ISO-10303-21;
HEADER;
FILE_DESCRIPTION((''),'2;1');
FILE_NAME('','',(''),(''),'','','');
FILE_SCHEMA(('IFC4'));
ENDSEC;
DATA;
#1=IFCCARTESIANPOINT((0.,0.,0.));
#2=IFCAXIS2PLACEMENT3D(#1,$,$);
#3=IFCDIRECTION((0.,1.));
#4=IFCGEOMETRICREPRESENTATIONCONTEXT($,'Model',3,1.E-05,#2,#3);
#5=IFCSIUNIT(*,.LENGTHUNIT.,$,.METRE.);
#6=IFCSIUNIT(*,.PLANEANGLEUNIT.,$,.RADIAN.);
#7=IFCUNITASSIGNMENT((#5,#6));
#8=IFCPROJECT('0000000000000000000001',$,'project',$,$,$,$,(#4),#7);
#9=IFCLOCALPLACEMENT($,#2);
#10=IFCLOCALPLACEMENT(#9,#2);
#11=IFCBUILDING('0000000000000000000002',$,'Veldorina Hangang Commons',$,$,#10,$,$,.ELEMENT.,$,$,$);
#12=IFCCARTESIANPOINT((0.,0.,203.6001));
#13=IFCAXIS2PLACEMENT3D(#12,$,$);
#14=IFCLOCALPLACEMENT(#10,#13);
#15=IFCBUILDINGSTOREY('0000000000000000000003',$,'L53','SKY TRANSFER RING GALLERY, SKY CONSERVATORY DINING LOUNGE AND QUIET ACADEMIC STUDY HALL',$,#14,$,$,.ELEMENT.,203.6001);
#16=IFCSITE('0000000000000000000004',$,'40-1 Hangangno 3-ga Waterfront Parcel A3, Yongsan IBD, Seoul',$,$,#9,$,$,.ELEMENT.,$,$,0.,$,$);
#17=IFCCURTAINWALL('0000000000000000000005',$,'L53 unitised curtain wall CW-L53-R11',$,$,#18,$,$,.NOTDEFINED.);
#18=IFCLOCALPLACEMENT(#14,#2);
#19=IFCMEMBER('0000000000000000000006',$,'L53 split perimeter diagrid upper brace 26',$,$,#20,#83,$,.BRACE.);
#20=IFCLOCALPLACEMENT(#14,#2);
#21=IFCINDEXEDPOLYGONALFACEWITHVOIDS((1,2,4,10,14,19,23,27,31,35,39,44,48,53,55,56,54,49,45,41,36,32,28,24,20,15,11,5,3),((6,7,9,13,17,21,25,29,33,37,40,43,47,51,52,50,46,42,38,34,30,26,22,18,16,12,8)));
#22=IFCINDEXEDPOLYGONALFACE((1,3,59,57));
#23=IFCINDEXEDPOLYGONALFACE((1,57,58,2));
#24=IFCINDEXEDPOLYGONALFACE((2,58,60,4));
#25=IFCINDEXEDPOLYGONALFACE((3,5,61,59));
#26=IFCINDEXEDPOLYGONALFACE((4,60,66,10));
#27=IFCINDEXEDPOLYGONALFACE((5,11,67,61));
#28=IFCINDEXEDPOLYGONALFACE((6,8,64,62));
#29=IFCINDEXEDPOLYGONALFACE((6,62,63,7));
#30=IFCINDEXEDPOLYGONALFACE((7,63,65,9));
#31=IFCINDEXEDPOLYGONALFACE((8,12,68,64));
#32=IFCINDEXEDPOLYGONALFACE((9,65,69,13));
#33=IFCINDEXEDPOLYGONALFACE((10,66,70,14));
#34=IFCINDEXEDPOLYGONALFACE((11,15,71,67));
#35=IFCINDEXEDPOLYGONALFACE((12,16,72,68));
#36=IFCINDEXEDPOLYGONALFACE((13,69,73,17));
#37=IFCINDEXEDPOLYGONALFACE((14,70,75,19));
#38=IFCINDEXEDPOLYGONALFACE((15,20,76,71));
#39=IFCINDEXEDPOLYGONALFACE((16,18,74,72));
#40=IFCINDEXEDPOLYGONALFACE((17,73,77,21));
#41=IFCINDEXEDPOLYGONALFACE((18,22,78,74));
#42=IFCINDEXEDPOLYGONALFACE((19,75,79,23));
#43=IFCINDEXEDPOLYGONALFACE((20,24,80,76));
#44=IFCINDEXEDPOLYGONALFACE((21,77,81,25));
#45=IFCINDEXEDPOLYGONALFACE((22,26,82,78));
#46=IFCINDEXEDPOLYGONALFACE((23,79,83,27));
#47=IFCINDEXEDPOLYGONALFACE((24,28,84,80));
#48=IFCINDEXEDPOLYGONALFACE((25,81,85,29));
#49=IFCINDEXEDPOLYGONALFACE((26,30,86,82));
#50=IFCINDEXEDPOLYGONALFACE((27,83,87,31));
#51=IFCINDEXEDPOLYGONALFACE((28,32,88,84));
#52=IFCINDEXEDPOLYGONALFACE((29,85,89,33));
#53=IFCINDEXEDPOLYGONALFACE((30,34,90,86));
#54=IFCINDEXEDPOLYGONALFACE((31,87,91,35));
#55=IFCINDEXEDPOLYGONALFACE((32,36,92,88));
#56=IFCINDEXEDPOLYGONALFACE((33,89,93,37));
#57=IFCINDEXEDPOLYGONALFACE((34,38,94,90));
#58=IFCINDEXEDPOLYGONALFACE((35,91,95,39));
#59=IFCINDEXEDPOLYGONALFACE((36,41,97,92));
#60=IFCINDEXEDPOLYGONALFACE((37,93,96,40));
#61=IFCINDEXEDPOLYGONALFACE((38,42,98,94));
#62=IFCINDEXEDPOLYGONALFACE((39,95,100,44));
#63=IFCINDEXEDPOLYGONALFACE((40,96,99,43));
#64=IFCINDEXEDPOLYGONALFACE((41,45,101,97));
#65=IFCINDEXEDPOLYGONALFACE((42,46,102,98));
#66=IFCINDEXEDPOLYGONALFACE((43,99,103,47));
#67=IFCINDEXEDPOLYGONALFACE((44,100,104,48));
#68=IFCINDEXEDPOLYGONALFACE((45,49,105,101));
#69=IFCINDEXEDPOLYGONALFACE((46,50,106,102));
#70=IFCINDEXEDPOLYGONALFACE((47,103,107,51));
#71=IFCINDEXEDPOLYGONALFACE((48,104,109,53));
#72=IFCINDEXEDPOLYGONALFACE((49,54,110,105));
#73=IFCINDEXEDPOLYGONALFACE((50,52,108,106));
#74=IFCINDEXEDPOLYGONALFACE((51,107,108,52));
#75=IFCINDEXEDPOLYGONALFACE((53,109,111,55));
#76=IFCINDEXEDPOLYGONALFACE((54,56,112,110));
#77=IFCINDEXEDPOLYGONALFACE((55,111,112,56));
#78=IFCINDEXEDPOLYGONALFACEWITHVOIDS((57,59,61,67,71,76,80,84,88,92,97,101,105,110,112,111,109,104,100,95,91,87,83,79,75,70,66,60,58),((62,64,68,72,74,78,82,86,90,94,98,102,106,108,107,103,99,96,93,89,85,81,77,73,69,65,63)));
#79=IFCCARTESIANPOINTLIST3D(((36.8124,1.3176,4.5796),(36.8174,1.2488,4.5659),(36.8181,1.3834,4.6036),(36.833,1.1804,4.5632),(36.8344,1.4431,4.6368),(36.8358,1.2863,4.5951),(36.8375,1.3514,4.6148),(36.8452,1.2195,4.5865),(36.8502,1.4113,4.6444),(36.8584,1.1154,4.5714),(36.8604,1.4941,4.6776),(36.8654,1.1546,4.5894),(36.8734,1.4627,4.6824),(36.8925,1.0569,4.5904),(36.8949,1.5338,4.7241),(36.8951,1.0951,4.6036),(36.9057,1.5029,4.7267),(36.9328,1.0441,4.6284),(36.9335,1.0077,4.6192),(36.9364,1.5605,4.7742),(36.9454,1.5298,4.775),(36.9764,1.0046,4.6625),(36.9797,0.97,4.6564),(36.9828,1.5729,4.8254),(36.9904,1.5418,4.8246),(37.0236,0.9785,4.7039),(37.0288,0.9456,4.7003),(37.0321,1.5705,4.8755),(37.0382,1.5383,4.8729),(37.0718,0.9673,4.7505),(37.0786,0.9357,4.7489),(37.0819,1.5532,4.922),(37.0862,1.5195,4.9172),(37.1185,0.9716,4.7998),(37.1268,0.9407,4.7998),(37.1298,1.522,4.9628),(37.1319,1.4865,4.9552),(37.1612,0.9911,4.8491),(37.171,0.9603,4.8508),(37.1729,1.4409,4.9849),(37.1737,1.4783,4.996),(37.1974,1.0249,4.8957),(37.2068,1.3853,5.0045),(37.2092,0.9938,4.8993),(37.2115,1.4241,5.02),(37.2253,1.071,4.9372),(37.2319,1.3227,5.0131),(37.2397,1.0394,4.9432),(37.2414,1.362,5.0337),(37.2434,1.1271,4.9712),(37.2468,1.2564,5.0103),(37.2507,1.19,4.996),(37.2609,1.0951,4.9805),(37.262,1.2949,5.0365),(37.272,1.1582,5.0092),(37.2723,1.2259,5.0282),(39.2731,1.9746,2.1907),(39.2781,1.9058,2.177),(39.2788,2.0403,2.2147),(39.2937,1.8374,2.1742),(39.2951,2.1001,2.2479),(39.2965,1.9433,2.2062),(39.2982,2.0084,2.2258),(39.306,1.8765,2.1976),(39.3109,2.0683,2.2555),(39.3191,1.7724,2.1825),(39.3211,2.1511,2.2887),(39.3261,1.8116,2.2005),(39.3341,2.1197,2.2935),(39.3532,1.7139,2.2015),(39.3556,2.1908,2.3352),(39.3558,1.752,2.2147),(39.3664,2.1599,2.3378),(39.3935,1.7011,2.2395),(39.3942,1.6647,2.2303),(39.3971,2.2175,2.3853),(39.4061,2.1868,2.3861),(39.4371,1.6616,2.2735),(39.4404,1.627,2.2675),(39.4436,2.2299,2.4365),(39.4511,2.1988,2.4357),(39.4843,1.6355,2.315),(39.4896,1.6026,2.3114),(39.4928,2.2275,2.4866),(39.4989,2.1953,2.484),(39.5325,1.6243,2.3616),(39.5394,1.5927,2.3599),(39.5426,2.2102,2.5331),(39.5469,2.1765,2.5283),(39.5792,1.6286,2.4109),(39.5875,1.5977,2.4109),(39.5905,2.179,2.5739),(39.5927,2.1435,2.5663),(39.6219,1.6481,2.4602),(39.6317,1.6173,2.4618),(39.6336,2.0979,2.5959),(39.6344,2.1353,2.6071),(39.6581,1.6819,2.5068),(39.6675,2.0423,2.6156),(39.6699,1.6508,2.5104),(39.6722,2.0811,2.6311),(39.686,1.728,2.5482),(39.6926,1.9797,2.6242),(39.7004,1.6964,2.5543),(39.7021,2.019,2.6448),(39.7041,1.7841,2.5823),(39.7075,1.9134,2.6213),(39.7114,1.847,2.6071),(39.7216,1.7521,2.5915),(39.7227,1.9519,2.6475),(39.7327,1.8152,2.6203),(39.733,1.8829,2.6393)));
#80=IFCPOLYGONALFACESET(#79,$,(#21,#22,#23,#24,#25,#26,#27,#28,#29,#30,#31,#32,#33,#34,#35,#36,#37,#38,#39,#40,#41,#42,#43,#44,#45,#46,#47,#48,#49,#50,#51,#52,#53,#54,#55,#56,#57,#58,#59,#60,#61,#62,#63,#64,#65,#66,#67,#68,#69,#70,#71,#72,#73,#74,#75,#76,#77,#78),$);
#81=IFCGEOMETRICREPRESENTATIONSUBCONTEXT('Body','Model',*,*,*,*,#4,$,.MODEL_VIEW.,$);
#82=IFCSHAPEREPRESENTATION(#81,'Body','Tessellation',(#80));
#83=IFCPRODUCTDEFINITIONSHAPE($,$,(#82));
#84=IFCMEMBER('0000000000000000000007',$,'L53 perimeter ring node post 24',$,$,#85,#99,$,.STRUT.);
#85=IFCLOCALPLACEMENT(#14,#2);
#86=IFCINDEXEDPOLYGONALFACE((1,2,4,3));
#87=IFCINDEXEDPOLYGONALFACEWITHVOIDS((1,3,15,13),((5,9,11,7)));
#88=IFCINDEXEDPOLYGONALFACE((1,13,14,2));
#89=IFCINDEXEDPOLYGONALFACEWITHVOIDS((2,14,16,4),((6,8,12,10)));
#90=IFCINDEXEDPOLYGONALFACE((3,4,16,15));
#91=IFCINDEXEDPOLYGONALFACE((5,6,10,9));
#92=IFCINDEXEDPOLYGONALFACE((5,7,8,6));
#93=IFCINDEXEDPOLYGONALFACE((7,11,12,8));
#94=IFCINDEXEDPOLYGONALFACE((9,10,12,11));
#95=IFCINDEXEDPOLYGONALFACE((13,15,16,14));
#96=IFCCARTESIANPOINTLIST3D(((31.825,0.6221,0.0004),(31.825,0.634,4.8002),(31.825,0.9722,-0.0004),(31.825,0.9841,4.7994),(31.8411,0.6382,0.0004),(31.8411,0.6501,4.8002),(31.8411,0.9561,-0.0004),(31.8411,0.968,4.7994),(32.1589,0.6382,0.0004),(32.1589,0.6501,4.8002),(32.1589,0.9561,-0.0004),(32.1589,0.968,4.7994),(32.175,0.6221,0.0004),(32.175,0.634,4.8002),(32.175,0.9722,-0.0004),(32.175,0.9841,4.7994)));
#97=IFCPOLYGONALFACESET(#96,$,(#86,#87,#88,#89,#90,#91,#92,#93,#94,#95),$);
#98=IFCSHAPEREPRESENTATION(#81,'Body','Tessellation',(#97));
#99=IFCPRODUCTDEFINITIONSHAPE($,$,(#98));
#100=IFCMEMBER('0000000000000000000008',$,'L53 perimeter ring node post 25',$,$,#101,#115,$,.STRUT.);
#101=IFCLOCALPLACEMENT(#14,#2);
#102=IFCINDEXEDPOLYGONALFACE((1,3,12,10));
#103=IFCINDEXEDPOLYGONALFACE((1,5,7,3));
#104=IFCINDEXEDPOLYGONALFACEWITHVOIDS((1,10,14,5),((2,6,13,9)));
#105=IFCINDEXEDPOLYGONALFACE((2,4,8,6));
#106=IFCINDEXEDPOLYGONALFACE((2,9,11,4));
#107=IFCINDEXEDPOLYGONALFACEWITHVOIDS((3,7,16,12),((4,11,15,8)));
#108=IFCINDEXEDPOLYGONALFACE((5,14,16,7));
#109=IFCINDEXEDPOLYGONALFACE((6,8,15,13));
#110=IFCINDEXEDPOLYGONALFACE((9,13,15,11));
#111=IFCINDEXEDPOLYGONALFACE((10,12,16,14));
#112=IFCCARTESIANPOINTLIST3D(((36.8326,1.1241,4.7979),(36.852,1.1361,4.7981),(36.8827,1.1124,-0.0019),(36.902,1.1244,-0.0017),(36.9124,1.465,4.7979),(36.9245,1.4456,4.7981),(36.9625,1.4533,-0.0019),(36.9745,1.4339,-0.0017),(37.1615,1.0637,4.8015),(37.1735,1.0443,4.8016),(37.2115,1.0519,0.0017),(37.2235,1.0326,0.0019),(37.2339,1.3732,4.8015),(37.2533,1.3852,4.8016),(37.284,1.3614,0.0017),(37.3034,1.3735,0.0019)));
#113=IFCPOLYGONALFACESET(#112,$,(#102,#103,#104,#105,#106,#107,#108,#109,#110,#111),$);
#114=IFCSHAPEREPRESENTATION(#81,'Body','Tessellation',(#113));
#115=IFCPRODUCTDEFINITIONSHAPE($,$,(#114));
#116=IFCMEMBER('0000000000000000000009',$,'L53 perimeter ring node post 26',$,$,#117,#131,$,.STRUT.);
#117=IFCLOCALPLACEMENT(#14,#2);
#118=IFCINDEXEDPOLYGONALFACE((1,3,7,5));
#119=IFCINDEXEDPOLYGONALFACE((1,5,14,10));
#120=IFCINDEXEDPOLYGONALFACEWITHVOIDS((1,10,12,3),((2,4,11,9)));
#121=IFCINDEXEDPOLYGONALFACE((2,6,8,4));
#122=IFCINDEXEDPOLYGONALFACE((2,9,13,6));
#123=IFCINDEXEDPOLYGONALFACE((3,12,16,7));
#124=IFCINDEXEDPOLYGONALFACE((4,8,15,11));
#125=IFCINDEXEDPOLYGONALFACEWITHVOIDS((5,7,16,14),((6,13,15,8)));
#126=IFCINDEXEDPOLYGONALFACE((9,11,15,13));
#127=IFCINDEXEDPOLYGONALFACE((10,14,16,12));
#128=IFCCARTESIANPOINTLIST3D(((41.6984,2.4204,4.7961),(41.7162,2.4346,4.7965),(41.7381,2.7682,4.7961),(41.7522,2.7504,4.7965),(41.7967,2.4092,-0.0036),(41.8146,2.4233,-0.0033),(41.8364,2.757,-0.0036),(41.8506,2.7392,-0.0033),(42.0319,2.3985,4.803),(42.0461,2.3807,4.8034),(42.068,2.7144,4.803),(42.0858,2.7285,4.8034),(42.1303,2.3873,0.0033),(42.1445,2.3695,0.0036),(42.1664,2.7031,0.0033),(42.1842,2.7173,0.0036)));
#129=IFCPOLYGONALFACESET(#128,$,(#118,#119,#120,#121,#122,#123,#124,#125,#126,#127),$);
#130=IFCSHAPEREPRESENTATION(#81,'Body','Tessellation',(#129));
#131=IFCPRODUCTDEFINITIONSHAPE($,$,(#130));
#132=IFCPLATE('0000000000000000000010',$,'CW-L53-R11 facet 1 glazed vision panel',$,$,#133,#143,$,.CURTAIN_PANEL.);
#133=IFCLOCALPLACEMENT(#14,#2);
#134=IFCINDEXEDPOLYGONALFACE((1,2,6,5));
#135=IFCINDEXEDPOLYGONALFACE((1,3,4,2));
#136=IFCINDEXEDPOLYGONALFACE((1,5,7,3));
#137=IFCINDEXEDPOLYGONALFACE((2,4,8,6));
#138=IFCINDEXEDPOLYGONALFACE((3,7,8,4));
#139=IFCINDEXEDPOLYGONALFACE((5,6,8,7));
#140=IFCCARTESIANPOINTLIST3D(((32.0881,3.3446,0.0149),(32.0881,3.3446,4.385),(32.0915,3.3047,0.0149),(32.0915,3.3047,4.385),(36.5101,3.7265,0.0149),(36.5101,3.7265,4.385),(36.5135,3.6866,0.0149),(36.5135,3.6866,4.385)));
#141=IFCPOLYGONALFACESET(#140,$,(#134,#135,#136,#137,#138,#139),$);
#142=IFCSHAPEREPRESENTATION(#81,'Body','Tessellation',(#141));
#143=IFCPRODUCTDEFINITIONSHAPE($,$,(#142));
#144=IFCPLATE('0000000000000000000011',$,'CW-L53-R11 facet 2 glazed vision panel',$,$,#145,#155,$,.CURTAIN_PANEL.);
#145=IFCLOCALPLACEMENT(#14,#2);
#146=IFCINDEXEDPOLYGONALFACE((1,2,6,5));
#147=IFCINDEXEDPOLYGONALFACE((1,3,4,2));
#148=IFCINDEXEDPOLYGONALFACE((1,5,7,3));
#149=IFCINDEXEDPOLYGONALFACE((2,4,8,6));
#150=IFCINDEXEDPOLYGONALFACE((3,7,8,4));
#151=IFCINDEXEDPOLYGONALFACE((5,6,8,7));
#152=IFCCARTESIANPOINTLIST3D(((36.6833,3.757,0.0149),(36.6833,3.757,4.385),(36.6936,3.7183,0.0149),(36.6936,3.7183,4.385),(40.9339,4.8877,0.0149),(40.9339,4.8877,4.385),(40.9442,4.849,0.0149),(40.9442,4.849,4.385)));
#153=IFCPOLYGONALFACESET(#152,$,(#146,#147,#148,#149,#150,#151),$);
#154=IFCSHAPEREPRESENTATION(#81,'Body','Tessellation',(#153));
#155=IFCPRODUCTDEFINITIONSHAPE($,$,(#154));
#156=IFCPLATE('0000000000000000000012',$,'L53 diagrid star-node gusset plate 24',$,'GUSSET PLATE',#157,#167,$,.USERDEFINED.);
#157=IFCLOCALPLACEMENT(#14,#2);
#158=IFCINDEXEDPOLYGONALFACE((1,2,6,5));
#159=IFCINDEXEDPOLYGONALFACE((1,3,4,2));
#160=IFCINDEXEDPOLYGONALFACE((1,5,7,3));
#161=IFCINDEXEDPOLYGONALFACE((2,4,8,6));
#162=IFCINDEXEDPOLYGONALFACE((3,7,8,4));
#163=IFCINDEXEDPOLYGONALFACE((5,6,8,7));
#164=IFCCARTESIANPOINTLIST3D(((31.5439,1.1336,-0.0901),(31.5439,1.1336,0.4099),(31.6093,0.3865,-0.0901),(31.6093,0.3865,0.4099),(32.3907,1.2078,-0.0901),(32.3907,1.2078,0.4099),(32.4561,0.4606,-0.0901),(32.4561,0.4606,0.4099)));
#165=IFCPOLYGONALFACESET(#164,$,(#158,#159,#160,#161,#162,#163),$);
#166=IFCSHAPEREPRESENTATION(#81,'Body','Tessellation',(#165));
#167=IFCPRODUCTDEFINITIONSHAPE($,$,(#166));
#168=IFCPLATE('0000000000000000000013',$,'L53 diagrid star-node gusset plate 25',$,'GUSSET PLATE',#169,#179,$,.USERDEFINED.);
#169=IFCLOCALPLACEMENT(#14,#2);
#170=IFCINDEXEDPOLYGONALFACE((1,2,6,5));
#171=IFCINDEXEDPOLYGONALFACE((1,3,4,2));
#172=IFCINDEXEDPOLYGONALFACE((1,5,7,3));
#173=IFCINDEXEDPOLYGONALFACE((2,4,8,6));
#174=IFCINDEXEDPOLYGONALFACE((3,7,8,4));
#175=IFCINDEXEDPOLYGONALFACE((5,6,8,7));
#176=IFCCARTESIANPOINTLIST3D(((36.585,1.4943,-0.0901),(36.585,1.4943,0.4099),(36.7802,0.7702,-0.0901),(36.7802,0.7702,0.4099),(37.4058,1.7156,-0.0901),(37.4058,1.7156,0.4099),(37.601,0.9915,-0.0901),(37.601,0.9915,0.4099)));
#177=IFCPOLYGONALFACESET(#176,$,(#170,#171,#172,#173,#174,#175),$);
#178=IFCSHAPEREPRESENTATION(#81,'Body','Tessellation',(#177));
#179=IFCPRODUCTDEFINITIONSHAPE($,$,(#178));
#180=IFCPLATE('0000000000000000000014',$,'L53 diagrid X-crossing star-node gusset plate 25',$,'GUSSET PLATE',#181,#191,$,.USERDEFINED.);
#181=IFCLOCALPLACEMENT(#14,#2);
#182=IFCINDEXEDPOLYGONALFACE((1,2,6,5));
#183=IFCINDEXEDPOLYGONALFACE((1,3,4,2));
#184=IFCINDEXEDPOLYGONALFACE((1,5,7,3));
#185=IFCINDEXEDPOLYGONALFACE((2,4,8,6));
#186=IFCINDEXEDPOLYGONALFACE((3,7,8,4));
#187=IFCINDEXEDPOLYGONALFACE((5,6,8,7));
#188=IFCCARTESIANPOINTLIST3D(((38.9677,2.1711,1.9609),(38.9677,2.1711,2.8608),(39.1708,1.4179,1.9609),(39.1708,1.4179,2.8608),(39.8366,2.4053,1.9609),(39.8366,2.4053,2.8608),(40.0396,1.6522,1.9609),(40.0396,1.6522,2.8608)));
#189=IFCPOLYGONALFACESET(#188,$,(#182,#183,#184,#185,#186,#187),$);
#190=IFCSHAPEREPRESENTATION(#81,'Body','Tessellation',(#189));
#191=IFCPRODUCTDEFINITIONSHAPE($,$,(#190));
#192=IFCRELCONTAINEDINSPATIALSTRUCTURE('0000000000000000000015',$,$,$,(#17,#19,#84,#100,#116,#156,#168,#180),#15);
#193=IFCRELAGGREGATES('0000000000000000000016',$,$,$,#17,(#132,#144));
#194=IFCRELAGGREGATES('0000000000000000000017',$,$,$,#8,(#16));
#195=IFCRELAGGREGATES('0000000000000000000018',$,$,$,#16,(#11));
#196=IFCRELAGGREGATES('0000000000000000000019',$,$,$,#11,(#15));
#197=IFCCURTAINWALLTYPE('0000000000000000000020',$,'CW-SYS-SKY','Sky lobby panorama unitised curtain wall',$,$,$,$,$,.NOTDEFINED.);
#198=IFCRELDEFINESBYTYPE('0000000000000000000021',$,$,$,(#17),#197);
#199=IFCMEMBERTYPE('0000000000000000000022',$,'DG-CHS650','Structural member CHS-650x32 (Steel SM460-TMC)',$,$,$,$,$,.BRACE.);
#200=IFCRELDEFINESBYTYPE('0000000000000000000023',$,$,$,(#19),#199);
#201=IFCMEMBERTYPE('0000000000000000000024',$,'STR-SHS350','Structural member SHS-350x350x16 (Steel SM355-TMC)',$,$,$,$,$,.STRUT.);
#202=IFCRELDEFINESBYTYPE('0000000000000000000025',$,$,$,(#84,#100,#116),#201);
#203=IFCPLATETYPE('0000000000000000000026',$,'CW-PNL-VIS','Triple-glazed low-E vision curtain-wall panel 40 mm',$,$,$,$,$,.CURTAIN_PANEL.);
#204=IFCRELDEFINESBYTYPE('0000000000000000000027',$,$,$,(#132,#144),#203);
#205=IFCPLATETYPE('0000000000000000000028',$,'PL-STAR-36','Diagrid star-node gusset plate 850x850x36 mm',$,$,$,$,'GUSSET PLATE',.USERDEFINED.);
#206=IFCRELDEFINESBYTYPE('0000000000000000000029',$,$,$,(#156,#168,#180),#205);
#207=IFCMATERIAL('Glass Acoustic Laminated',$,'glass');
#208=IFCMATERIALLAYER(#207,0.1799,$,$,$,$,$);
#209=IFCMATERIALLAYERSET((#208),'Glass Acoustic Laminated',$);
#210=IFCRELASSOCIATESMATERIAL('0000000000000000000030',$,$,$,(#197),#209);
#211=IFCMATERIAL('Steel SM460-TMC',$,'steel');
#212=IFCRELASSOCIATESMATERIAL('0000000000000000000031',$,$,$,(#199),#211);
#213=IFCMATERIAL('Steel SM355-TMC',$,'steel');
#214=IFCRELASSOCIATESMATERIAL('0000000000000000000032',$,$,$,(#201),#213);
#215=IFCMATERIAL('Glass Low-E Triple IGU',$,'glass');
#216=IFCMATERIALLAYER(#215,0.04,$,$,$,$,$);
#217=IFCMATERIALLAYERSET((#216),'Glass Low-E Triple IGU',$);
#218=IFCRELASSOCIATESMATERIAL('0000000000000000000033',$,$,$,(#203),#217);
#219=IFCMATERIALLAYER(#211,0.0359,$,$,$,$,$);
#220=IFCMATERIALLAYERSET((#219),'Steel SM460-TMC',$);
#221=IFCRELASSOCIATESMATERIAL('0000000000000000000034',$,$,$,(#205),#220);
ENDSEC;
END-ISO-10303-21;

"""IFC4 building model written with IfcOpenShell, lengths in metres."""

from ifc_helpers import new_model, si_unit, direction, frame, origin, origin_2d, place, context, subcontext, project, spatial, rectangle, hollow_rectangle, hollow_circle, extrude, material, layer, layer_set, material_profile, profile_set, type_object, element, aggregate, save


model = new_model("IFC4")

# Units and contexts
model_context = context("Model", 3, precision=1e-05, world=origin(), true_north=direction((0.0, 1.0)))
body_context = subcontext(model_context, "Body", "Model", "MODEL_VIEW")
ifc_project = project(units=[si_unit("LENGTHUNIT", "METRE"), si_unit("PLANEANGLEUNIT", "RADIAN")], contexts=[model_context])

# Site, building, storey
site_placement = place(None, origin())
site = spatial("IfcSite", under=ifc_project, at=site_placement, Name="40-1 Hangangno 3-ga Waterfront Parcel A3, Yongsan IBD, Seoul", CompositionType="ELEMENT", RefElevation=0.0)
building_placement = place(site_placement, origin())
building = spatial("IfcBuilding", under=site, at=building_placement, Name="Veldorina Hangang Commons", CompositionType="ELEMENT")
storey_placement = place(building_placement, frame((0.0, 0.0, 203.6001)))
storey = spatial("IfcBuildingStorey", under=building, at=storey_placement, Name="L53", Description="SKY TRANSFER RING GALLERY, SKY CONSERVATORY DINING LOUNGE AND QUIET ACADEMIC STUDY HALL", CompositionType="ELEMENT", Elevation=203.6001)

# Shared definitions
ifc_material_1 = material(Name="Steel SM355-TMC", Category="steel")

# Curtain wall
ifc_material_2 = material(Name="Glass Acoustic Laminated", Category="glass")
ifc_layer_1 = layer(ifc_material_2, 0.1799)
ifc_layer_set_1 = layer_set([ifc_layer_1], Name="Glass Acoustic Laminated")
curtain_wall_type = type_object("IfcCurtainWallType", Name="CW-SYS-SKY", Description="Sky lobby panorama unitised curtain wall", PredefinedType="NOTDEFINED", material=ifc_layer_set_1)
curtain_wall_placement = place(storey_placement, origin())
curtain_wall = element("IfcCurtainWall", 1, at=curtain_wall_placement, inside=storey, type_object=curtain_wall_type, Name="L53 unitised curtain wall CW-L53-R11", PredefinedType="NOTDEFINED")

# Members
ifc_material_3 = material(Name="Steel SM460-TMC", Category="steel")
ifc_material_profile_1 = material_profile(ifc_material_3, hollow_circle(Radius=0.325, WallThickness=0.032, at=origin_2d()), Name="CHS-650x32")
ifc_profile_set_1 = profile_set([ifc_material_profile_1], Name="Steel SM460-TMC")
member_type_1 = type_object("IfcMemberType", Name="DG-CHS650", Description="Structural member CHS-650x32 (Steel SM460-TMC)", PredefinedType="BRACE", material=ifc_profile_set_1)
member_1_placement = place(storey_placement, frame((39.5037, 1.9116, 2.4109), z_axis=(-0.704681, -0.188143, 0.684125), x_axis=(0.257955, -0.966157, 0.0)))
element("IfcMember", 2, at=member_1_placement, inside=storey, type_object=member_type_1, Name="L53 split perimeter diagrid upper brace 26", PredefinedType="BRACE", context=body_context, shape_type="SweptSolid", body=[
    extrude(hollow_circle(Radius=0.325, WallThickness=0.032, at=origin_2d()), origin(), (0.0, 0.0, 1.0), 3.4919),
])
ifc_material_profile_2 = material_profile(ifc_material_1, hollow_rectangle(XDim=0.3501, YDim=0.3501, WallThickness=0.0161, at=origin_2d()), Name="SHS-350x350x16")
ifc_profile_set_2 = profile_set([ifc_material_profile_2], Name="Steel SM355-TMC")
member_type_2 = type_object("IfcMemberType", Name="STR-SHS350", Description="Structural member SHS-350x350x16 (Steel SM355-TMC)", PredefinedType="STRUT", material=ifc_profile_set_2)
member_2_placement = place(storey_placement, frame((32.0, 0.7971, 0.0), z_axis=(0.0, 0.002492, 0.999997), x_axis=(-1.0, 0.0, 0.0)))
element("IfcMember", 3, at=member_2_placement, inside=storey, type_object=member_type_2, Name="L53 perimeter ring node post 24", PredefinedType="STRUT", context=body_context, shape_type="SweptSolid", body=[
    extrude(hollow_rectangle(XDim=0.3501, YDim=0.3501, WallThickness=0.0161, at=origin_2d()), origin(), (0.0, 0.0, 1.0), 4.7998),
])
member_3_placement = place(storey_placement, frame((37.093, 1.2429, 0.0), z_axis=(-0.010427, 0.002441, 0.999943), x_axis=(-0.22798, -0.973666, 0.0)))
element("IfcMember", 4, at=member_3_placement, inside=storey, type_object=member_type_2, Name="L53 perimeter ring node post 25", PredefinedType="STRUT", context=body_context, shape_type="SweptSolid", body=[
    extrude(hollow_rectangle(XDim=0.3501, YDim=0.3501, WallThickness=0.0161, at=origin_2d()), origin(), (0.0, 0.0, 1.0), 4.8),
])
member_4_placement = place(storey_placement, frame((41.9905, 2.5632, 0.0), z_axis=(-0.020494, 0.002339, 0.999787), x_axis=(-0.113408, -0.993549, 0.0)))
element("IfcMember", 5, at=member_4_placement, inside=storey, type_object=member_type_2, Name="L53 perimeter ring node post 26", PredefinedType="STRUT", context=body_context, shape_type="SweptSolid", body=[
    extrude(hollow_rectangle(XDim=0.3501, YDim=0.3501, WallThickness=0.0161, at=origin_2d()), origin(), (0.0, 0.0, 1.0), 4.8008),
])

# Plates
ifc_material_4 = material(Name="Glass Low-E Triple IGU", Category="glass")
ifc_layer_2 = layer(ifc_material_4, 0.04)
ifc_layer_set_2 = layer_set([ifc_layer_2], Name="Glass Low-E Triple IGU")
plate_type_1 = type_object("IfcPlateType", Name="CW-PNL-VIS", Description="Triple-glazed low-E vision curtain-wall panel 40 mm", PredefinedType="CURTAIN_PANEL", material=ifc_layer_set_2)
plate_1_placement = place(storey_placement, frame((34.3008, 3.5156, 0.0149), z_axis=(0.0, 0.0, 1.0), x_axis=(0.996291, 0.086043, 0.0)))
plate_1 = element("IfcPlate", 6, at=plate_1_placement, type_object=plate_type_1, Name="CW-L53-R11 facet 1 glazed vision panel", PredefinedType="CURTAIN_PANEL", context=body_context, shape_type="SweptSolid", body=[
    extrude(rectangle(XDim=4.4385, YDim=0.04, at=origin_2d()), origin(), (0.0, 0.0, 1.0), 4.3701),
])
plate_2_placement = place(storey_placement, frame((38.8137, 4.303, 0.0149), z_axis=(0.0, 0.0, 1.0), x_axis=(0.966394, 0.257065, 0.0)))
plate_2 = element("IfcPlate", 7, at=plate_2_placement, type_object=plate_type_1, Name="CW-L53-R11 facet 2 glazed vision panel", PredefinedType="CURTAIN_PANEL", context=body_context, shape_type="SweptSolid", body=[
    extrude(rectangle(XDim=4.3984, YDim=0.04, at=origin_2d()), origin(), (0.0, 0.0, 1.0), 4.3701),
])
aggregate(curtain_wall, [plate_1, plate_2])

# Plates
ifc_layer_3 = layer(ifc_material_3, 0.0359)
ifc_layer_set_3 = layer_set([ifc_layer_3], Name="Steel SM460-TMC")
plate_type_2 = type_object("IfcPlateType", Name="PL-STAR-36", Description="Diagrid star-node gusset plate 850x850x36 mm", ElementType="GUSSET PLATE", PredefinedType="USERDEFINED", material=ifc_layer_set_3)
for number, where, z_axis, x_axis, name in (
    (8, (32.0, 0.7971, -0.0901), (0.0, 0.0, 1.0), (0.996192, 0.087191, 0.0), "L53 diagrid star-node gusset plate 24"),
    (9, (37.093, 1.2429, -0.0901), (0.0, 0.0, 1.0), (0.965523, 0.260319, 0.0), "L53 diagrid star-node gusset plate 25"),
):
    element("IfcPlate", number, at=place(storey_placement, frame(where, z_axis=z_axis, x_axis=x_axis)), inside=storey, type_object=plate_type_2, Name=name, ObjectType="GUSSET PLATE", PredefinedType="USERDEFINED", context=body_context, shape_type="SweptSolid", body=[
        extrude(rectangle(XDim=0.8501, YDim=0.75, at=origin_2d()), origin(), (0.0, 0.0, 1.0), 0.5),
    ])
plate_3_placement = place(storey_placement, frame((39.5037, 1.9116, 1.9609), z_axis=(0.0, 0.0, 1.0), x_axis=(0.965523, 0.260319, 0.0)))
element("IfcPlate", 10, at=plate_3_placement, inside=storey, type_object=plate_type_2, Name="L53 diagrid X-crossing star-node gusset plate 25", ObjectType="GUSSET PLATE", PredefinedType="USERDEFINED", context=body_context, shape_type="SweptSolid", body=[
    extrude(rectangle(XDim=0.8999, YDim=0.78, at=origin_2d()), origin(), (0.0, 0.0, 1.0), 0.8999),
])

save(model, "model.ifc")
